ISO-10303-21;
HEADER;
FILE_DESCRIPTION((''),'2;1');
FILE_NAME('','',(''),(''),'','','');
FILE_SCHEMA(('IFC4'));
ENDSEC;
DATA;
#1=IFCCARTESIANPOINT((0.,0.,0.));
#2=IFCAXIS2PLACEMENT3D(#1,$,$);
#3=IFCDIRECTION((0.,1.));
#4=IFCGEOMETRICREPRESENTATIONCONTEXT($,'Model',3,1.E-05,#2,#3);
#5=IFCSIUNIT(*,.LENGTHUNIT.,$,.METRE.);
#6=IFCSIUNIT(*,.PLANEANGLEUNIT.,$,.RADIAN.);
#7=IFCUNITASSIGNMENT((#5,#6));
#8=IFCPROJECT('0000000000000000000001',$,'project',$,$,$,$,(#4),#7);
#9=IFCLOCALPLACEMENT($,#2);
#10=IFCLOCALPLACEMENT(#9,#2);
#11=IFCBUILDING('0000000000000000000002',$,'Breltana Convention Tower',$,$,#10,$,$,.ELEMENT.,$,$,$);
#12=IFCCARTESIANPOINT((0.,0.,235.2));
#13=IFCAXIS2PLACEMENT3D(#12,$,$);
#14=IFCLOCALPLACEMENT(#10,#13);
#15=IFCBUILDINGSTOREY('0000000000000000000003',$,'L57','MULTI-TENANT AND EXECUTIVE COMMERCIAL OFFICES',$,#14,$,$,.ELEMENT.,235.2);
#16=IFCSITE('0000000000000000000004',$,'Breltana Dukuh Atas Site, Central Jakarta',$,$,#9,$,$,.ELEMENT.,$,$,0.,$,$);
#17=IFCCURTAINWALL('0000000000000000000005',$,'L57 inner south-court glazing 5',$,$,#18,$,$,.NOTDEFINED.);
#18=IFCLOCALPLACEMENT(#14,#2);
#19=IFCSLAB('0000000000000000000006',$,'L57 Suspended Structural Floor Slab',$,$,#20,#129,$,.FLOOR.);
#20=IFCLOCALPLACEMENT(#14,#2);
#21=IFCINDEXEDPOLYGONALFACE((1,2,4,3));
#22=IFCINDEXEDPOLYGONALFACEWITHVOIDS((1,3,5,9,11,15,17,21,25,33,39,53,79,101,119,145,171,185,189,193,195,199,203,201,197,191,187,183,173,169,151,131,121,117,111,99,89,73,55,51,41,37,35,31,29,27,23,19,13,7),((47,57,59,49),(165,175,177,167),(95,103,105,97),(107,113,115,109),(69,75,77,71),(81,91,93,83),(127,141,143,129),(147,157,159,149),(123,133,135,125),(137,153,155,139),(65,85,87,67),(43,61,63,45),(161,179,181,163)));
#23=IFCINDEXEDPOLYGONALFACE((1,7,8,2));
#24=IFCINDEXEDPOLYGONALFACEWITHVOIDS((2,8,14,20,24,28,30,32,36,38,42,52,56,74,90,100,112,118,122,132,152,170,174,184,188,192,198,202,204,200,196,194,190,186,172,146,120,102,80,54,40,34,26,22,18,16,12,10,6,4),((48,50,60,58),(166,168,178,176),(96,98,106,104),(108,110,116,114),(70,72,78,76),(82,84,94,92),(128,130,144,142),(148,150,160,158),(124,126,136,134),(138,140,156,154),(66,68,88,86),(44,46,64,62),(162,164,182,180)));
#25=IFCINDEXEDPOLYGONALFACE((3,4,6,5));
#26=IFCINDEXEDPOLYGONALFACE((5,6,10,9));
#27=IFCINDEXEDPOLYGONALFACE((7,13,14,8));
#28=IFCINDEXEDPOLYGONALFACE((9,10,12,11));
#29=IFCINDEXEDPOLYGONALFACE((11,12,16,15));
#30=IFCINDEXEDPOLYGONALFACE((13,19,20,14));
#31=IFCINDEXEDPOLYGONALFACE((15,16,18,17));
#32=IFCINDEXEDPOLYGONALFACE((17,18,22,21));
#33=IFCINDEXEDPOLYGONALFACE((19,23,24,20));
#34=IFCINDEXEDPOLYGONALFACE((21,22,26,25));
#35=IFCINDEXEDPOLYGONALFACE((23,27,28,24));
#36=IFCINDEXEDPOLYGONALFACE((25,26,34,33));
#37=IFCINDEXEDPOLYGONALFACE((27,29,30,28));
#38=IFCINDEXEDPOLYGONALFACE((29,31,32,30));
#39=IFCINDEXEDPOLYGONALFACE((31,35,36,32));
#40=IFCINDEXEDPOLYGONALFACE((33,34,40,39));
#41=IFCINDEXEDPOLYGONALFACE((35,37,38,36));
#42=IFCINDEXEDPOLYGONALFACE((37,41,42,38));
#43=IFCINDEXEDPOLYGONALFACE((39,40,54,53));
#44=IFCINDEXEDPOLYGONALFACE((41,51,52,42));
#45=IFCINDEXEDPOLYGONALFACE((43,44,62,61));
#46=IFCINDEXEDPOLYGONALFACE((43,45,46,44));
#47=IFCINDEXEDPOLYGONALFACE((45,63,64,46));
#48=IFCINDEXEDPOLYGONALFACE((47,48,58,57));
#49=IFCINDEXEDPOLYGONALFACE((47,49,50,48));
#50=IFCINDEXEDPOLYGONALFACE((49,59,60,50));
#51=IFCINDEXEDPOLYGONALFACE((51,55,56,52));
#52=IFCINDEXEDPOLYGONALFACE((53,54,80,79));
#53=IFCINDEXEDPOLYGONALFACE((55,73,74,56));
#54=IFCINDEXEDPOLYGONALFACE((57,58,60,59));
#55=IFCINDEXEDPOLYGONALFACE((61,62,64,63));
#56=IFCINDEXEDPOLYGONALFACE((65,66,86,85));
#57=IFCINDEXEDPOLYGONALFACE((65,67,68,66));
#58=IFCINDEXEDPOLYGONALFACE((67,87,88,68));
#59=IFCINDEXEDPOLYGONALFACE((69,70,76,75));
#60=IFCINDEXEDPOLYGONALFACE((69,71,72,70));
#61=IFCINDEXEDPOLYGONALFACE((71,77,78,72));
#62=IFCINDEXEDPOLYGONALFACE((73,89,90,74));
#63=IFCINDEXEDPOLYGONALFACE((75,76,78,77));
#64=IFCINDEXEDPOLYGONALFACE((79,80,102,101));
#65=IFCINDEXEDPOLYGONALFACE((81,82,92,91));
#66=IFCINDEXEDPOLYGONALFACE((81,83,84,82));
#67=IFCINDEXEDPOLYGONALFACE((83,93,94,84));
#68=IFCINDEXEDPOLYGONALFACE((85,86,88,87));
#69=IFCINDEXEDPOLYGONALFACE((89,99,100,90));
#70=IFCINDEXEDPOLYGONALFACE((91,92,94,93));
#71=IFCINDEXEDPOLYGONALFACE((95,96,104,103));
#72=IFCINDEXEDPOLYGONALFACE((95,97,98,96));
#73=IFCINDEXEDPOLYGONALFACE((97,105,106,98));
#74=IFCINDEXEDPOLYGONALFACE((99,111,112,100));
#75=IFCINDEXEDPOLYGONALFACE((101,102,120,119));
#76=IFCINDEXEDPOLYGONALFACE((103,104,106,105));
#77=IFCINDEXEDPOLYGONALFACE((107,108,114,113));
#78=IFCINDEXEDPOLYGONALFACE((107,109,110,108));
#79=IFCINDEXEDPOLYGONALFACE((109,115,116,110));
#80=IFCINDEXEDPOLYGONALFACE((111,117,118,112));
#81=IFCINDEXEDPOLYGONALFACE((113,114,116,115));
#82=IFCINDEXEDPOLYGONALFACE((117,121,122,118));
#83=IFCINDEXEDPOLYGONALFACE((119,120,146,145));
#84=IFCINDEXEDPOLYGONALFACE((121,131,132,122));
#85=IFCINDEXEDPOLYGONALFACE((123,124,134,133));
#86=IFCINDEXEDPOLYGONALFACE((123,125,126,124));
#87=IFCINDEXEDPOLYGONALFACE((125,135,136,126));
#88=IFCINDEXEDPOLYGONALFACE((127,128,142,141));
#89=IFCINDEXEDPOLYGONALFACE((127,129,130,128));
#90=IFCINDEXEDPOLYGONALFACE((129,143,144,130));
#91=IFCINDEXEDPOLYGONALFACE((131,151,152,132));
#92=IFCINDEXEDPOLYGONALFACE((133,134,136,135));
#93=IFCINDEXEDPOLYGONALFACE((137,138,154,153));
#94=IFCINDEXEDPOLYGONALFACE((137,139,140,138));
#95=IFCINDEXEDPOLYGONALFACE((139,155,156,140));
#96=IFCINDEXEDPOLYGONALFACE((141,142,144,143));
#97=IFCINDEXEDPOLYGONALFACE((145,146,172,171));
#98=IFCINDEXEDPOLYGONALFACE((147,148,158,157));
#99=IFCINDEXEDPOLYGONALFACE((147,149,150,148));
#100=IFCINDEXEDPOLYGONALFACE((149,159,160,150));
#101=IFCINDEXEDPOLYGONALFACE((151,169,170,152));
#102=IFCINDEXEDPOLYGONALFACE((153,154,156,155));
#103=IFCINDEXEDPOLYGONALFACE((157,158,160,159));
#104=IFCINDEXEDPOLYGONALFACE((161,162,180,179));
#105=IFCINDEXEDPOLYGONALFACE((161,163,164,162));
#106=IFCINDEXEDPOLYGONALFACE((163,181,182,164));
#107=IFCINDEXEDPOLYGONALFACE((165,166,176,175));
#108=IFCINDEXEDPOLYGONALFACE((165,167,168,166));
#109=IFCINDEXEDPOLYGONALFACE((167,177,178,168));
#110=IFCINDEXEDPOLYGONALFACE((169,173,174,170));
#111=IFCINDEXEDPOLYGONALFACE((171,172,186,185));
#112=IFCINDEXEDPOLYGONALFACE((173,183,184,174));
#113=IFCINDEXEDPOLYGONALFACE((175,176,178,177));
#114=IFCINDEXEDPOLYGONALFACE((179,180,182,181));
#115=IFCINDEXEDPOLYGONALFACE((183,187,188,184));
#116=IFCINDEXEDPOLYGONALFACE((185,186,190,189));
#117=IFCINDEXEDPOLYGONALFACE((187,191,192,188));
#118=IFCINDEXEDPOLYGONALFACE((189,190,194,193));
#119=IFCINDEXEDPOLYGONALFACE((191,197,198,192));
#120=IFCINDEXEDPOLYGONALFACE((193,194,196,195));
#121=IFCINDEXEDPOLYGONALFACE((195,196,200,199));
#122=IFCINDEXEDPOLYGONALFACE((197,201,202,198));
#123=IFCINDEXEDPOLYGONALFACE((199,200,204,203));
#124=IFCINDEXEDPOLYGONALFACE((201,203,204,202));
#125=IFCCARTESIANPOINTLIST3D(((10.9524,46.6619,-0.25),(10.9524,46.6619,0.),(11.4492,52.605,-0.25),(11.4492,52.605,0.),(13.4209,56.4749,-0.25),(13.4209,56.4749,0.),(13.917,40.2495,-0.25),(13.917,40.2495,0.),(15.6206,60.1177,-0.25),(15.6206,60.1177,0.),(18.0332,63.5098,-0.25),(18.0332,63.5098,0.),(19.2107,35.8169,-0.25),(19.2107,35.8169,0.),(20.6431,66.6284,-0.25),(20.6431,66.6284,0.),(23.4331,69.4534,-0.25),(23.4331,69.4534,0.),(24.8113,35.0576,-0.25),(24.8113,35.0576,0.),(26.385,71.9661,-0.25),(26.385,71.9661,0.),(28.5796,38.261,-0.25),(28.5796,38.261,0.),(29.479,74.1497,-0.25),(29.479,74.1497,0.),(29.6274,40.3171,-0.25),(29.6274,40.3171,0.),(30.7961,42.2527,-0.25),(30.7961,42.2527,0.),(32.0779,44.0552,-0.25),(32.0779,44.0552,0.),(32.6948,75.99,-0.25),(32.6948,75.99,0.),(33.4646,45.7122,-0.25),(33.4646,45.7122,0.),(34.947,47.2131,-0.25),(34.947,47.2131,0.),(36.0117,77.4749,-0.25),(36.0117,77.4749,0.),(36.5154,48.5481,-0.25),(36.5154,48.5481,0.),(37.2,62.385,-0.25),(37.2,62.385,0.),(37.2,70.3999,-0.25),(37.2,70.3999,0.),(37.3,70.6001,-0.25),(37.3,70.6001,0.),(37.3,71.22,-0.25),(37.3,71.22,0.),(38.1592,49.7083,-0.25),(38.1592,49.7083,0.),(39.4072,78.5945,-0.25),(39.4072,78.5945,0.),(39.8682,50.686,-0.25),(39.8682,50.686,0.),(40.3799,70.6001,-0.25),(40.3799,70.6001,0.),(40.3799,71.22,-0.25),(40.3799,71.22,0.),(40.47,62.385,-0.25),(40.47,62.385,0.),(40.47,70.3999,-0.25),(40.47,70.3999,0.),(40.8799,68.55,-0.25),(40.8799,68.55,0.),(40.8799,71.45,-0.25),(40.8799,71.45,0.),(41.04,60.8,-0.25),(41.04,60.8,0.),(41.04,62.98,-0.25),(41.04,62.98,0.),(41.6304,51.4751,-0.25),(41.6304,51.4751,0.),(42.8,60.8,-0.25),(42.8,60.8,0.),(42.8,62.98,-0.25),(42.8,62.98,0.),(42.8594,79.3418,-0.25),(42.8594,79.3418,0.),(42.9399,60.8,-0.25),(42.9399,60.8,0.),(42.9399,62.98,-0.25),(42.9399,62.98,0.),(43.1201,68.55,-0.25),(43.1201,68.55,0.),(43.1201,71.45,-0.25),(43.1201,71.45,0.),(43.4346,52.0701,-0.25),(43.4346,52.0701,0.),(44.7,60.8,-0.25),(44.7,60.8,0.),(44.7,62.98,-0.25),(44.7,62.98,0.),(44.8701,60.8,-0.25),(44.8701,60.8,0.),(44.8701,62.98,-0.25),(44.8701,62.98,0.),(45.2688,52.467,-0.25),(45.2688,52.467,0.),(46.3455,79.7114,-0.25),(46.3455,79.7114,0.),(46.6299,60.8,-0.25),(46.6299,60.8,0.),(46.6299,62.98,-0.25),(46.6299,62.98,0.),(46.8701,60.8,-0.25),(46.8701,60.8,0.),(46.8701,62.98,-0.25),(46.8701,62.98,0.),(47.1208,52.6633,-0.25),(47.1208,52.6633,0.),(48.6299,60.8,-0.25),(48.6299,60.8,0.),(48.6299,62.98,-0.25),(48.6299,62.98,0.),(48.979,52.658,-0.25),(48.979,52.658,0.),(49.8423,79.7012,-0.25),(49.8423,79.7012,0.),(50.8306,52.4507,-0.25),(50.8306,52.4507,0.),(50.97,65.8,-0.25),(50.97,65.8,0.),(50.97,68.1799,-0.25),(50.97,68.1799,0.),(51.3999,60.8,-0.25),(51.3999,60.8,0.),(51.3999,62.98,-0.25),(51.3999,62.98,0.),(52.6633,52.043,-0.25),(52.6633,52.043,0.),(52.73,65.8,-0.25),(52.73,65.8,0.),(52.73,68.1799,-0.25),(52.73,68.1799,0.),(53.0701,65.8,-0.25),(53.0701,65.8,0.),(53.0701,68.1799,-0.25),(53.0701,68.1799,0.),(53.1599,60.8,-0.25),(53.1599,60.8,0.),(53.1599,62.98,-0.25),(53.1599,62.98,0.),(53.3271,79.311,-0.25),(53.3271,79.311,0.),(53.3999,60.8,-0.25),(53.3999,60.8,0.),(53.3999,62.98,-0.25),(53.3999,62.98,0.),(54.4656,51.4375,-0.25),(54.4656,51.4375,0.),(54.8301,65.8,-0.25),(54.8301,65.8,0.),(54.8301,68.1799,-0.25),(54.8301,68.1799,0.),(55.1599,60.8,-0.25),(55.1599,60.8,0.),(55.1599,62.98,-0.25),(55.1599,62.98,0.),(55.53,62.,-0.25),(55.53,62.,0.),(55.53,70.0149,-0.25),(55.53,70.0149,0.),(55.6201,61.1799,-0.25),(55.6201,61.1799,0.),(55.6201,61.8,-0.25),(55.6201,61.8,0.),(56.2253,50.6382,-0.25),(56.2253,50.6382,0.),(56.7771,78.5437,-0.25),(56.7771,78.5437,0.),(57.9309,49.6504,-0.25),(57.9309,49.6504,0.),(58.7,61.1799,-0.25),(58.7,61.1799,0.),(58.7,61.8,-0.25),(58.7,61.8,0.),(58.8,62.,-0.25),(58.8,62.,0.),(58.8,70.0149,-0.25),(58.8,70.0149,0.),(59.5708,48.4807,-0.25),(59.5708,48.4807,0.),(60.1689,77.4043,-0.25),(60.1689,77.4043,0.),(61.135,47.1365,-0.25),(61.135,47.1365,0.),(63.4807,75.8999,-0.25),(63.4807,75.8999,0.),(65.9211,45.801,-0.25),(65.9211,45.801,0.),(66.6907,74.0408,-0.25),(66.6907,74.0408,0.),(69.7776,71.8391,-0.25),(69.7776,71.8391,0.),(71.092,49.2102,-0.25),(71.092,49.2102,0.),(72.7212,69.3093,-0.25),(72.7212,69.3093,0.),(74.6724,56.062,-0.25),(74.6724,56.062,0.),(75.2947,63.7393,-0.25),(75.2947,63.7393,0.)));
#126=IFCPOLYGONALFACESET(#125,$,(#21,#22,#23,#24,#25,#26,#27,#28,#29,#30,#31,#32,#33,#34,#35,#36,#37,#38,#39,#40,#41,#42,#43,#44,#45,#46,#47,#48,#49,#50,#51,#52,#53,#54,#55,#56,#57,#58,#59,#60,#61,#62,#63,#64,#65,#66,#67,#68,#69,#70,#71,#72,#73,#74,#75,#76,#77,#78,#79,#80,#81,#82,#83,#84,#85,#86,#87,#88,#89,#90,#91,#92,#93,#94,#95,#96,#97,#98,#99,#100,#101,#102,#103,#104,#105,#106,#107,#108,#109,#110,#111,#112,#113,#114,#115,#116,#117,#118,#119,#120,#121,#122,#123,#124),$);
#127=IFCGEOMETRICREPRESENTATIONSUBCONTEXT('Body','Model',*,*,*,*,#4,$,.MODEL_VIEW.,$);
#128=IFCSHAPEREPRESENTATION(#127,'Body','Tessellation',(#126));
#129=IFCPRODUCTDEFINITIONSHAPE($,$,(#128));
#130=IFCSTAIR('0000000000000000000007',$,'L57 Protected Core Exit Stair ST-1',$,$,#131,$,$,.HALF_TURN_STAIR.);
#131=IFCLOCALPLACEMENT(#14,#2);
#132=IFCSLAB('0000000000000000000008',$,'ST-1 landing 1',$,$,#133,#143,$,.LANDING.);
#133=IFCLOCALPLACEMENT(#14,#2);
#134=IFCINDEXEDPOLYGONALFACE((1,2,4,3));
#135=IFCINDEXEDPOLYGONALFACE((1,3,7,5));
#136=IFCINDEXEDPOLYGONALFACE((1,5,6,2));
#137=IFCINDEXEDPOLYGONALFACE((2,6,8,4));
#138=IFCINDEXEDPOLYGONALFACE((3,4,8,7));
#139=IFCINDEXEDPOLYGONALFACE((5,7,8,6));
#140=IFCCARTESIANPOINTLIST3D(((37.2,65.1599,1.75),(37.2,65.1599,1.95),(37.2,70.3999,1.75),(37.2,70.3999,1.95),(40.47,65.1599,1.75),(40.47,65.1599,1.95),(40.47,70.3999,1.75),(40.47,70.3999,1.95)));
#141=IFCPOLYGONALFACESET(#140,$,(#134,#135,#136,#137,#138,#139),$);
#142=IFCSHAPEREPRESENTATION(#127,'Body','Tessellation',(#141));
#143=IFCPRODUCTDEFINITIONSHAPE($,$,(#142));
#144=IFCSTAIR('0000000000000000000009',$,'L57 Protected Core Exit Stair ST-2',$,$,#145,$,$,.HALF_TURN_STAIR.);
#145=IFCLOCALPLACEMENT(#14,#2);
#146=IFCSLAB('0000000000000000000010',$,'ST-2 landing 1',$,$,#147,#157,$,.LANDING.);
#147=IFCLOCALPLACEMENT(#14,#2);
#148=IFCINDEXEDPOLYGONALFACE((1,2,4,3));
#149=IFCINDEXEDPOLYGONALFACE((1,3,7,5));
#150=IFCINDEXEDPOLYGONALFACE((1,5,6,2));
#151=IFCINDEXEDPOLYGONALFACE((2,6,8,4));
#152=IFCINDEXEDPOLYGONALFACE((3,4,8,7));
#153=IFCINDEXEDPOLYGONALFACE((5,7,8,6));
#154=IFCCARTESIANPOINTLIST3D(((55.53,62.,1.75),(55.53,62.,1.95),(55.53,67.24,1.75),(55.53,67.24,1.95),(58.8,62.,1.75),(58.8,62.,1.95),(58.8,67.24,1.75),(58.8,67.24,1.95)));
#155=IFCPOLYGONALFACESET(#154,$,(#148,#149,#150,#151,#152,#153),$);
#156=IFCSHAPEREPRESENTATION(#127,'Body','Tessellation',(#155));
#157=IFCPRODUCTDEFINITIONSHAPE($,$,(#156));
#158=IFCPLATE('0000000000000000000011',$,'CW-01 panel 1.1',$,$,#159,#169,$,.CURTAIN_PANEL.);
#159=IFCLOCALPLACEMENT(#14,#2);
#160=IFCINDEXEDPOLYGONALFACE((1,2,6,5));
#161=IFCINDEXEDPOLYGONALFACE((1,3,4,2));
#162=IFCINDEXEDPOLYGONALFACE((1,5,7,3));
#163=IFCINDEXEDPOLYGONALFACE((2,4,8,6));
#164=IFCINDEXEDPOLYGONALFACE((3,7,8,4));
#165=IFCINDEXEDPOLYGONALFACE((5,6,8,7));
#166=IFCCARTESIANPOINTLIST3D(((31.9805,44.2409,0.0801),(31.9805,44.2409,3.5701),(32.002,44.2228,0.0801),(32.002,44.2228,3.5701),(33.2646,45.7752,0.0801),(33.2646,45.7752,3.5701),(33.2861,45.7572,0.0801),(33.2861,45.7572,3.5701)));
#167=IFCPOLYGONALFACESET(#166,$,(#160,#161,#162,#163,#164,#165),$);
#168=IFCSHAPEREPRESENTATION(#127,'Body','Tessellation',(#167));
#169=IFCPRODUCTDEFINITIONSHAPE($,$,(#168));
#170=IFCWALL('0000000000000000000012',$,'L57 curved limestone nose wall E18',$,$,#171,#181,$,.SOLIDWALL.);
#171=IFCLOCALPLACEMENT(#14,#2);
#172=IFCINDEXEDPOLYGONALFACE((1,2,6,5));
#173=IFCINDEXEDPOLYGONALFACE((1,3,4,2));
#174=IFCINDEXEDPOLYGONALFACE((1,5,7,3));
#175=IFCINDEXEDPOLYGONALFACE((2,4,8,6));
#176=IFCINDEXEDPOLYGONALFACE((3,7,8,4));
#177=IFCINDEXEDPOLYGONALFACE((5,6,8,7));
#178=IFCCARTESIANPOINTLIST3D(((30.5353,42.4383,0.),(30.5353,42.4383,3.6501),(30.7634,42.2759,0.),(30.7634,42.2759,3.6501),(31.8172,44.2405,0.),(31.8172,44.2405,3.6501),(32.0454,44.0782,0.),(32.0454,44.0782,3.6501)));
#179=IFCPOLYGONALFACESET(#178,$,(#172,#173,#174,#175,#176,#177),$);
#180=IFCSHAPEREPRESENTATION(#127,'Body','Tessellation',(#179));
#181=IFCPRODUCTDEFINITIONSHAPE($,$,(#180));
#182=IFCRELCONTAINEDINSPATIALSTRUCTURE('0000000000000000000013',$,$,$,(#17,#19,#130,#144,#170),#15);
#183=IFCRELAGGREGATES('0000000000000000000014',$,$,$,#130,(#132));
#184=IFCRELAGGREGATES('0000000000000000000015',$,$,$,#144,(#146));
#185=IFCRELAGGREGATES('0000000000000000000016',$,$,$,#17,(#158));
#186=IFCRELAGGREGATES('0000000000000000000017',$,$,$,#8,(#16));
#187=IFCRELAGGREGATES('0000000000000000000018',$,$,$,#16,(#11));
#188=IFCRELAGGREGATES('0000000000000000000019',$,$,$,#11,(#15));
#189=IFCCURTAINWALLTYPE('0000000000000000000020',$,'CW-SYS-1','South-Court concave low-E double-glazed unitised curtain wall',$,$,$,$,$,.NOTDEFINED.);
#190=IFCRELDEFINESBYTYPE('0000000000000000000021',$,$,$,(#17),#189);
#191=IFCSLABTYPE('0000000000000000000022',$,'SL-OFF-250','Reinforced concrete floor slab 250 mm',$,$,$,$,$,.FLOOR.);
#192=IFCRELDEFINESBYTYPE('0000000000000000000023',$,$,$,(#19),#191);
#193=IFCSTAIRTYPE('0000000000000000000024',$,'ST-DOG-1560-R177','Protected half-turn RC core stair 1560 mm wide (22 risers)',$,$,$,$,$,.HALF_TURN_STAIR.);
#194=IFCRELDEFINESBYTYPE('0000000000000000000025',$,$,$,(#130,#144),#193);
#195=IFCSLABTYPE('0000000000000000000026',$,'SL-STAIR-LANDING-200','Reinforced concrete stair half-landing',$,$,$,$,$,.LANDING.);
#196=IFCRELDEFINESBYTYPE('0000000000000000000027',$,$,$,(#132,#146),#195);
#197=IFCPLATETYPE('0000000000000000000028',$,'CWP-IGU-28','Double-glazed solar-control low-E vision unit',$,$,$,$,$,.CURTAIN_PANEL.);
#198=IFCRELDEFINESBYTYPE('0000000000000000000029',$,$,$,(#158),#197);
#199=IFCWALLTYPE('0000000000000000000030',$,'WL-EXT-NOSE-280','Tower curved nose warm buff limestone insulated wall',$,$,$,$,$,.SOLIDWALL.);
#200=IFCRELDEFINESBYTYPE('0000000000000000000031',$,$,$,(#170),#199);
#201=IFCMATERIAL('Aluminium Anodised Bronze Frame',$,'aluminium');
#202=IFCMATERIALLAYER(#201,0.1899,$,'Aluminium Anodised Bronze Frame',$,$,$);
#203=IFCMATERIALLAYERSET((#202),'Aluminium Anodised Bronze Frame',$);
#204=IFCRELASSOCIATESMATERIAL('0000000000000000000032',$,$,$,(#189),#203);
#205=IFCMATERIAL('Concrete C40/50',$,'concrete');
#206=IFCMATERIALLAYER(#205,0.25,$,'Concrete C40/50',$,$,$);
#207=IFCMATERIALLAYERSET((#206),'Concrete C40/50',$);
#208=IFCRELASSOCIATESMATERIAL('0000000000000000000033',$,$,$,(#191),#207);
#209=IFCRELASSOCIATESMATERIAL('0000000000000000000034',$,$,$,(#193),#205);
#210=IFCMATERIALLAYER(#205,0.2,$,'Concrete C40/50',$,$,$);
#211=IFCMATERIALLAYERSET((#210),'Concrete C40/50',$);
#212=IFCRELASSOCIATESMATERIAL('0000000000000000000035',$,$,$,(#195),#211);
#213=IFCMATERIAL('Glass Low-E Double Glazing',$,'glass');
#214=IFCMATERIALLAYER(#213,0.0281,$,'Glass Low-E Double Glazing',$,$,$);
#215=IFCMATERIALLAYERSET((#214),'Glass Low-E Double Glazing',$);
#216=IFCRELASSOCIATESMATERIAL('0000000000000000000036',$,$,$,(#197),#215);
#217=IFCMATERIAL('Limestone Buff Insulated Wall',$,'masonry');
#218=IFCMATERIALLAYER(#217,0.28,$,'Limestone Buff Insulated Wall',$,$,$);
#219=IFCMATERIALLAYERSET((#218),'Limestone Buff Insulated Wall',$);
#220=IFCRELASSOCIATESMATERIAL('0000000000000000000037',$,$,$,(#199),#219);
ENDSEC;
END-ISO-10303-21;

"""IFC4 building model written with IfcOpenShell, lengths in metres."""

from ifc_helpers import new_model, si_unit, direction, frame, frame_2d, origin, origin_2d, place, context, subcontext, project, spatial, polyline, rectangle, outline, extrude, source, transform, mapped, material, layer, layer_set, type_object, element, aggregate, save


model = new_model("IFC4")

# Units and contexts
model_context = context("Model", 3, precision=1e-05, world=origin(), true_north=direction((0.0, 1.0)))
body_context = subcontext(model_context, "Body", "Model", "MODEL_VIEW")
ifc_project = project(units=[si_unit("LENGTHUNIT", "METRE"), si_unit("PLANEANGLEUNIT", "RADIAN")], contexts=[model_context])

# Site, building, storey
site_placement = place(None, origin())
site = spatial("IfcSite", under=ifc_project, at=site_placement, Name="Breltana Dukuh Atas Site, Central Jakarta", CompositionType="ELEMENT", RefElevation=0.0)
building_placement = place(site_placement, origin())
building = spatial("IfcBuilding", under=site, at=building_placement, Name="Breltana Convention Tower", CompositionType="ELEMENT")
storey_placement = place(building_placement, frame((0.0, 0.0, 235.2)))
storey = spatial("IfcBuildingStorey", under=building, at=storey_placement, Name="L57", Description="MULTI-TENANT AND EXECUTIVE COMMERCIAL OFFICES", CompositionType="ELEMENT", Elevation=235.2)

# Curtain wall
ifc_material_1 = material(Name="Aluminium Anodised Bronze Frame", Category="aluminium")
ifc_layer_1 = layer(ifc_material_1, 0.1899, Name="Aluminium Anodised Bronze Frame")
ifc_layer_set_1 = layer_set([ifc_layer_1], Name="Aluminium Anodised Bronze Frame")
curtain_wall_type = type_object("IfcCurtainWallType", Name="CW-SYS-1", Description="South-Court concave low-E double-glazed unitised curtain wall", PredefinedType="NOTDEFINED", material=ifc_layer_set_1)
curtain_wall_placement = place(storey_placement, origin())
curtain_wall = element("IfcCurtainWall", 1, at=curtain_wall_placement, inside=storey, type_object=curtain_wall_type, Name="L57 inner south-court glazing 5", PredefinedType="NOTDEFINED")

# Slab
ifc_material_2 = material(Name="Concrete C40/50", Category="concrete")
ifc_layer_2 = layer(ifc_material_2, 0.25, Name="Concrete C40/50")
ifc_layer_set_2 = layer_set([ifc_layer_2], Name="Concrete C40/50")
slab_type_1 = type_object("IfcSlabType", Name="SL-OFF-250", Description="Reinforced concrete floor slab 250 mm", PredefinedType="FLOOR", material=ifc_layer_set_2)
slab_1_placement = place(storey_placement, frame((0.0, 0.0, -0.25)))
element("IfcSlab", 2, at=slab_1_placement, inside=storey, type_object=slab_type_1, Name="L57 Suspended Structural Floor Slab", PredefinedType="FLOOR", context=body_context, shape_type="SweptSolid", body=[
    extrude(outline(polyline([(72.7212, 69.3093), (69.7776, 71.8391), (66.6907, 74.0408), (63.4807, 75.8999), (60.1689, 77.4043), (56.7771, 78.5437), (53.3271, 79.311), (49.8423, 79.7012), (46.3455, 79.7114), (42.8594, 79.3418), (39.4072, 78.5945), (36.0117, 77.4749), (32.6948, 75.99), (29.479, 74.1497), (26.385, 71.9661), (23.4331, 69.4534), (20.6431, 66.6284), (18.0332, 63.5098), (15.6206, 60.1177), (13.4209, 56.4749), (11.4492, 52.605), (10.9524, 46.6619), (13.917, 40.2495), (19.2107, 35.8169), (24.8113, 35.0576), (28.5796, 38.261), (29.6274, 40.3171), (30.7961, 42.2527), (32.0779, 44.0552), (33.4646, 45.7122), (34.947, 47.2131), (36.5154, 48.5481), (38.1592, 49.7083), (39.8682, 50.686), (41.6304, 51.4751), (43.4346, 52.0701), (45.2688, 52.467), (47.1208, 52.6633), (48.979, 52.658), (50.8306, 52.4507), (52.6633, 52.043), (54.4656, 51.4375), (56.2253, 50.6382), (57.9309, 49.6504), (59.5708, 48.4807), (61.135, 47.1365), (65.9211, 45.801), (71.092, 49.2102), (74.6724, 56.062), (75.2947, 63.7393), (72.7212, 69.3093)]), holes=[polyline([(37.2, 62.385), (40.47, 62.385), (40.47, 70.3999), (37.2, 70.3999), (37.2, 62.385)]), polyline([(55.53, 62.0), (58.8, 62.0), (58.8, 70.0149), (55.53, 70.0149), (55.53, 62.0)]), polyline([(41.04, 60.8), (42.8, 60.8), (42.8, 62.98), (41.04, 62.98), (41.04, 60.8)]), polyline([(42.9399, 60.8), (44.7, 60.8), (44.7, 62.98), (42.9399, 62.98), (42.9399, 60.8)]), polyline([(44.8701, 60.8), (46.6299, 60.8), (46.6299, 62.98), (44.8701, 62.98), (44.8701, 60.8)]), polyline([(46.8701, 60.8), (48.6299, 60.8), (48.6299, 62.98), (46.8701, 62.98), (46.8701, 60.8)]), polyline([(51.3999, 60.8), (53.1599, 60.8), (53.1599, 62.98), (51.3999, 62.98), (51.3999, 60.8)]), polyline([(53.3999, 60.8), (55.1599, 60.8), (55.1599, 62.98), (53.3999, 62.98), (53.3999, 60.8)]), polyline([(50.97, 65.8), (52.73, 65.8), (52.73, 68.1799), (50.97, 68.1799), (50.97, 65.8)]), polyline([(53.0701, 65.8), (54.8301, 65.8), (54.8301, 68.1799), (53.0701, 68.1799), (53.0701, 65.8)]), polyline([(40.8799, 68.55), (43.1201, 68.55), (43.1201, 71.45), (40.8799, 71.45), (40.8799, 68.55)]), polyline([(37.3, 70.6001), (40.3799, 70.6001), (40.3799, 71.22), (37.3, 71.22), (37.3, 70.6001)]), polyline([(55.6201, 61.1799), (58.7, 61.1799), (58.7, 61.8), (55.6201, 61.8), (55.6201, 61.1799)])]), origin(), (0.0, 0.0, 1.0), 0.25),
])

# Stairs, slabs
stair_type = type_object("IfcStairType", Name="ST-DOG-1560-R177", Description="Protected half-turn RC core stair 1560 mm wide (22 risers)", PredefinedType="HALF_TURN_STAIR", material=ifc_material_2)
stair_1_placement = place(storey_placement, origin())
stair_1 = element("IfcStair", 3, at=stair_1_placement, inside=storey, type_object=stair_type, Name="L57 Protected Core Exit Stair ST-1", PredefinedType="HALF_TURN_STAIR")
ifc_layer_3 = layer(ifc_material_2, 0.2, Name="Concrete C40/50")
ifc_layer_set_3 = layer_set([ifc_layer_3], Name="Concrete C40/50")
slab_type_2 = type_object("IfcSlabType", Name="SL-STAIR-LANDING-200", Description="Reinforced concrete stair half-landing", PredefinedType="LANDING", material=ifc_layer_set_3)
slab_2_placement = place(storey_placement, frame((0.0, 0.0, 1.75)))
slab_2 = element("IfcSlab", 4, at=slab_2_placement, type_object=slab_type_2, Name="ST-1 landing 1", PredefinedType="LANDING", context=body_context, shape_type="SweptSolid", body=[
    extrude(outline(polyline([(40.47, 65.1599), (40.47, 70.3999), (37.2, 70.3999), (37.2, 65.1599), (40.47, 65.1599)])), origin(), (0.0, 0.0, 1.0), 0.2),
])
aggregate(stair_1, [slab_2])
stair_2_placement = place(storey_placement, origin())
stair_2 = element("IfcStair", 5, at=stair_2_placement, inside=storey, type_object=stair_type, Name="L57 Protected Core Exit Stair ST-2", PredefinedType="HALF_TURN_STAIR")
slab_3_placement = place(storey_placement, frame((0.0, 0.0, 1.75)))
slab_3 = element("IfcSlab", 6, at=slab_3_placement, type_object=slab_type_2, Name="ST-2 landing 1", PredefinedType="LANDING", context=body_context, shape_type="SweptSolid", body=[
    extrude(outline(polyline([(55.53, 67.24), (55.53, 62.0), (58.8, 62.0), (58.8, 67.24), (55.53, 67.24)])), origin(), (0.0, 0.0, 1.0), 0.2),
])
aggregate(stair_2, [slab_3])

# Plate
ifc_material_3 = material(Name="Glass Low-E Double Glazing", Category="glass")
ifc_layer_4 = layer(ifc_material_3, 0.0281, Name="Glass Low-E Double Glazing")
ifc_layer_set_4 = layer_set([ifc_layer_4], Name="Glass Low-E Double Glazing")
plate_type = type_object("IfcPlateType", Name="CWP-IGU-28", Description="Double-glazed solar-control low-E vision unit", PredefinedType="CURTAIN_PANEL", material=ifc_layer_set_4)
shared_shape_1 = source(origin(), body_context, "Body", "SweptSolid", [
    extrude(rectangle(XDim=2.0007, YDim=0.0281, at=origin_2d()), origin(), (0.0, 0.0, 1.0), 3.49),
])
plate_placement = place(storey_placement, frame((32.6333, 44.999, 0.0801), z_axis=(0.0, 0.0, 1.0), x_axis=(-0.641785, -0.766884, 0.0)))
plate = element("IfcPlate", 7, at=plate_placement, type_object=plate_type, Name="CW-01 panel 1.1", PredefinedType="CURTAIN_PANEL", context=body_context, shape_type="MappedRepresentation", body=[
    mapped(shared_shape_1, transform((0.0, 0.0, 0.0), scale=1.0)),
])
aggregate(curtain_wall, [plate])

# Wall
ifc_material_4 = material(Name="Limestone Buff Insulated Wall", Category="masonry")
ifc_layer_5 = layer(ifc_material_4, 0.28, Name="Limestone Buff Insulated Wall")
ifc_layer_set_5 = layer_set([ifc_layer_5], Name="Limestone Buff Insulated Wall")
wall_type = type_object("IfcWallType", Name="WL-EXT-NOSE-280", Description="Tower curved nose warm buff limestone insulated wall", PredefinedType="SOLIDWALL", material=ifc_layer_set_5)
shared_shape_2 = source(origin(), body_context, "Body", "SweptSolid", [
    extrude(rectangle(XDim=2.2117, YDim=0.28, at=frame_2d((1.106, 0.0))), origin(), (0.0, 0.0, 1.0), 3.6501),
])
wall_1_placement = place(storey_placement, frame((31.9314, 44.1594, 0.0), z_axis=(0.0, 0.0, 1.0), x_axis=(-0.579639, -0.814873, 0.0)))
element("IfcWall", 8, at=wall_1_placement, inside=storey, type_object=wall_type, Name="L57 curved limestone nose wall E18", PredefinedType="SOLIDWALL", context=body_context, shape_type="MappedRepresentation", body=[
    mapped(shared_shape_2, transform((0.0, 0.0, 0.0), scale=1.0)),
])

save(model, "model.ifc")
